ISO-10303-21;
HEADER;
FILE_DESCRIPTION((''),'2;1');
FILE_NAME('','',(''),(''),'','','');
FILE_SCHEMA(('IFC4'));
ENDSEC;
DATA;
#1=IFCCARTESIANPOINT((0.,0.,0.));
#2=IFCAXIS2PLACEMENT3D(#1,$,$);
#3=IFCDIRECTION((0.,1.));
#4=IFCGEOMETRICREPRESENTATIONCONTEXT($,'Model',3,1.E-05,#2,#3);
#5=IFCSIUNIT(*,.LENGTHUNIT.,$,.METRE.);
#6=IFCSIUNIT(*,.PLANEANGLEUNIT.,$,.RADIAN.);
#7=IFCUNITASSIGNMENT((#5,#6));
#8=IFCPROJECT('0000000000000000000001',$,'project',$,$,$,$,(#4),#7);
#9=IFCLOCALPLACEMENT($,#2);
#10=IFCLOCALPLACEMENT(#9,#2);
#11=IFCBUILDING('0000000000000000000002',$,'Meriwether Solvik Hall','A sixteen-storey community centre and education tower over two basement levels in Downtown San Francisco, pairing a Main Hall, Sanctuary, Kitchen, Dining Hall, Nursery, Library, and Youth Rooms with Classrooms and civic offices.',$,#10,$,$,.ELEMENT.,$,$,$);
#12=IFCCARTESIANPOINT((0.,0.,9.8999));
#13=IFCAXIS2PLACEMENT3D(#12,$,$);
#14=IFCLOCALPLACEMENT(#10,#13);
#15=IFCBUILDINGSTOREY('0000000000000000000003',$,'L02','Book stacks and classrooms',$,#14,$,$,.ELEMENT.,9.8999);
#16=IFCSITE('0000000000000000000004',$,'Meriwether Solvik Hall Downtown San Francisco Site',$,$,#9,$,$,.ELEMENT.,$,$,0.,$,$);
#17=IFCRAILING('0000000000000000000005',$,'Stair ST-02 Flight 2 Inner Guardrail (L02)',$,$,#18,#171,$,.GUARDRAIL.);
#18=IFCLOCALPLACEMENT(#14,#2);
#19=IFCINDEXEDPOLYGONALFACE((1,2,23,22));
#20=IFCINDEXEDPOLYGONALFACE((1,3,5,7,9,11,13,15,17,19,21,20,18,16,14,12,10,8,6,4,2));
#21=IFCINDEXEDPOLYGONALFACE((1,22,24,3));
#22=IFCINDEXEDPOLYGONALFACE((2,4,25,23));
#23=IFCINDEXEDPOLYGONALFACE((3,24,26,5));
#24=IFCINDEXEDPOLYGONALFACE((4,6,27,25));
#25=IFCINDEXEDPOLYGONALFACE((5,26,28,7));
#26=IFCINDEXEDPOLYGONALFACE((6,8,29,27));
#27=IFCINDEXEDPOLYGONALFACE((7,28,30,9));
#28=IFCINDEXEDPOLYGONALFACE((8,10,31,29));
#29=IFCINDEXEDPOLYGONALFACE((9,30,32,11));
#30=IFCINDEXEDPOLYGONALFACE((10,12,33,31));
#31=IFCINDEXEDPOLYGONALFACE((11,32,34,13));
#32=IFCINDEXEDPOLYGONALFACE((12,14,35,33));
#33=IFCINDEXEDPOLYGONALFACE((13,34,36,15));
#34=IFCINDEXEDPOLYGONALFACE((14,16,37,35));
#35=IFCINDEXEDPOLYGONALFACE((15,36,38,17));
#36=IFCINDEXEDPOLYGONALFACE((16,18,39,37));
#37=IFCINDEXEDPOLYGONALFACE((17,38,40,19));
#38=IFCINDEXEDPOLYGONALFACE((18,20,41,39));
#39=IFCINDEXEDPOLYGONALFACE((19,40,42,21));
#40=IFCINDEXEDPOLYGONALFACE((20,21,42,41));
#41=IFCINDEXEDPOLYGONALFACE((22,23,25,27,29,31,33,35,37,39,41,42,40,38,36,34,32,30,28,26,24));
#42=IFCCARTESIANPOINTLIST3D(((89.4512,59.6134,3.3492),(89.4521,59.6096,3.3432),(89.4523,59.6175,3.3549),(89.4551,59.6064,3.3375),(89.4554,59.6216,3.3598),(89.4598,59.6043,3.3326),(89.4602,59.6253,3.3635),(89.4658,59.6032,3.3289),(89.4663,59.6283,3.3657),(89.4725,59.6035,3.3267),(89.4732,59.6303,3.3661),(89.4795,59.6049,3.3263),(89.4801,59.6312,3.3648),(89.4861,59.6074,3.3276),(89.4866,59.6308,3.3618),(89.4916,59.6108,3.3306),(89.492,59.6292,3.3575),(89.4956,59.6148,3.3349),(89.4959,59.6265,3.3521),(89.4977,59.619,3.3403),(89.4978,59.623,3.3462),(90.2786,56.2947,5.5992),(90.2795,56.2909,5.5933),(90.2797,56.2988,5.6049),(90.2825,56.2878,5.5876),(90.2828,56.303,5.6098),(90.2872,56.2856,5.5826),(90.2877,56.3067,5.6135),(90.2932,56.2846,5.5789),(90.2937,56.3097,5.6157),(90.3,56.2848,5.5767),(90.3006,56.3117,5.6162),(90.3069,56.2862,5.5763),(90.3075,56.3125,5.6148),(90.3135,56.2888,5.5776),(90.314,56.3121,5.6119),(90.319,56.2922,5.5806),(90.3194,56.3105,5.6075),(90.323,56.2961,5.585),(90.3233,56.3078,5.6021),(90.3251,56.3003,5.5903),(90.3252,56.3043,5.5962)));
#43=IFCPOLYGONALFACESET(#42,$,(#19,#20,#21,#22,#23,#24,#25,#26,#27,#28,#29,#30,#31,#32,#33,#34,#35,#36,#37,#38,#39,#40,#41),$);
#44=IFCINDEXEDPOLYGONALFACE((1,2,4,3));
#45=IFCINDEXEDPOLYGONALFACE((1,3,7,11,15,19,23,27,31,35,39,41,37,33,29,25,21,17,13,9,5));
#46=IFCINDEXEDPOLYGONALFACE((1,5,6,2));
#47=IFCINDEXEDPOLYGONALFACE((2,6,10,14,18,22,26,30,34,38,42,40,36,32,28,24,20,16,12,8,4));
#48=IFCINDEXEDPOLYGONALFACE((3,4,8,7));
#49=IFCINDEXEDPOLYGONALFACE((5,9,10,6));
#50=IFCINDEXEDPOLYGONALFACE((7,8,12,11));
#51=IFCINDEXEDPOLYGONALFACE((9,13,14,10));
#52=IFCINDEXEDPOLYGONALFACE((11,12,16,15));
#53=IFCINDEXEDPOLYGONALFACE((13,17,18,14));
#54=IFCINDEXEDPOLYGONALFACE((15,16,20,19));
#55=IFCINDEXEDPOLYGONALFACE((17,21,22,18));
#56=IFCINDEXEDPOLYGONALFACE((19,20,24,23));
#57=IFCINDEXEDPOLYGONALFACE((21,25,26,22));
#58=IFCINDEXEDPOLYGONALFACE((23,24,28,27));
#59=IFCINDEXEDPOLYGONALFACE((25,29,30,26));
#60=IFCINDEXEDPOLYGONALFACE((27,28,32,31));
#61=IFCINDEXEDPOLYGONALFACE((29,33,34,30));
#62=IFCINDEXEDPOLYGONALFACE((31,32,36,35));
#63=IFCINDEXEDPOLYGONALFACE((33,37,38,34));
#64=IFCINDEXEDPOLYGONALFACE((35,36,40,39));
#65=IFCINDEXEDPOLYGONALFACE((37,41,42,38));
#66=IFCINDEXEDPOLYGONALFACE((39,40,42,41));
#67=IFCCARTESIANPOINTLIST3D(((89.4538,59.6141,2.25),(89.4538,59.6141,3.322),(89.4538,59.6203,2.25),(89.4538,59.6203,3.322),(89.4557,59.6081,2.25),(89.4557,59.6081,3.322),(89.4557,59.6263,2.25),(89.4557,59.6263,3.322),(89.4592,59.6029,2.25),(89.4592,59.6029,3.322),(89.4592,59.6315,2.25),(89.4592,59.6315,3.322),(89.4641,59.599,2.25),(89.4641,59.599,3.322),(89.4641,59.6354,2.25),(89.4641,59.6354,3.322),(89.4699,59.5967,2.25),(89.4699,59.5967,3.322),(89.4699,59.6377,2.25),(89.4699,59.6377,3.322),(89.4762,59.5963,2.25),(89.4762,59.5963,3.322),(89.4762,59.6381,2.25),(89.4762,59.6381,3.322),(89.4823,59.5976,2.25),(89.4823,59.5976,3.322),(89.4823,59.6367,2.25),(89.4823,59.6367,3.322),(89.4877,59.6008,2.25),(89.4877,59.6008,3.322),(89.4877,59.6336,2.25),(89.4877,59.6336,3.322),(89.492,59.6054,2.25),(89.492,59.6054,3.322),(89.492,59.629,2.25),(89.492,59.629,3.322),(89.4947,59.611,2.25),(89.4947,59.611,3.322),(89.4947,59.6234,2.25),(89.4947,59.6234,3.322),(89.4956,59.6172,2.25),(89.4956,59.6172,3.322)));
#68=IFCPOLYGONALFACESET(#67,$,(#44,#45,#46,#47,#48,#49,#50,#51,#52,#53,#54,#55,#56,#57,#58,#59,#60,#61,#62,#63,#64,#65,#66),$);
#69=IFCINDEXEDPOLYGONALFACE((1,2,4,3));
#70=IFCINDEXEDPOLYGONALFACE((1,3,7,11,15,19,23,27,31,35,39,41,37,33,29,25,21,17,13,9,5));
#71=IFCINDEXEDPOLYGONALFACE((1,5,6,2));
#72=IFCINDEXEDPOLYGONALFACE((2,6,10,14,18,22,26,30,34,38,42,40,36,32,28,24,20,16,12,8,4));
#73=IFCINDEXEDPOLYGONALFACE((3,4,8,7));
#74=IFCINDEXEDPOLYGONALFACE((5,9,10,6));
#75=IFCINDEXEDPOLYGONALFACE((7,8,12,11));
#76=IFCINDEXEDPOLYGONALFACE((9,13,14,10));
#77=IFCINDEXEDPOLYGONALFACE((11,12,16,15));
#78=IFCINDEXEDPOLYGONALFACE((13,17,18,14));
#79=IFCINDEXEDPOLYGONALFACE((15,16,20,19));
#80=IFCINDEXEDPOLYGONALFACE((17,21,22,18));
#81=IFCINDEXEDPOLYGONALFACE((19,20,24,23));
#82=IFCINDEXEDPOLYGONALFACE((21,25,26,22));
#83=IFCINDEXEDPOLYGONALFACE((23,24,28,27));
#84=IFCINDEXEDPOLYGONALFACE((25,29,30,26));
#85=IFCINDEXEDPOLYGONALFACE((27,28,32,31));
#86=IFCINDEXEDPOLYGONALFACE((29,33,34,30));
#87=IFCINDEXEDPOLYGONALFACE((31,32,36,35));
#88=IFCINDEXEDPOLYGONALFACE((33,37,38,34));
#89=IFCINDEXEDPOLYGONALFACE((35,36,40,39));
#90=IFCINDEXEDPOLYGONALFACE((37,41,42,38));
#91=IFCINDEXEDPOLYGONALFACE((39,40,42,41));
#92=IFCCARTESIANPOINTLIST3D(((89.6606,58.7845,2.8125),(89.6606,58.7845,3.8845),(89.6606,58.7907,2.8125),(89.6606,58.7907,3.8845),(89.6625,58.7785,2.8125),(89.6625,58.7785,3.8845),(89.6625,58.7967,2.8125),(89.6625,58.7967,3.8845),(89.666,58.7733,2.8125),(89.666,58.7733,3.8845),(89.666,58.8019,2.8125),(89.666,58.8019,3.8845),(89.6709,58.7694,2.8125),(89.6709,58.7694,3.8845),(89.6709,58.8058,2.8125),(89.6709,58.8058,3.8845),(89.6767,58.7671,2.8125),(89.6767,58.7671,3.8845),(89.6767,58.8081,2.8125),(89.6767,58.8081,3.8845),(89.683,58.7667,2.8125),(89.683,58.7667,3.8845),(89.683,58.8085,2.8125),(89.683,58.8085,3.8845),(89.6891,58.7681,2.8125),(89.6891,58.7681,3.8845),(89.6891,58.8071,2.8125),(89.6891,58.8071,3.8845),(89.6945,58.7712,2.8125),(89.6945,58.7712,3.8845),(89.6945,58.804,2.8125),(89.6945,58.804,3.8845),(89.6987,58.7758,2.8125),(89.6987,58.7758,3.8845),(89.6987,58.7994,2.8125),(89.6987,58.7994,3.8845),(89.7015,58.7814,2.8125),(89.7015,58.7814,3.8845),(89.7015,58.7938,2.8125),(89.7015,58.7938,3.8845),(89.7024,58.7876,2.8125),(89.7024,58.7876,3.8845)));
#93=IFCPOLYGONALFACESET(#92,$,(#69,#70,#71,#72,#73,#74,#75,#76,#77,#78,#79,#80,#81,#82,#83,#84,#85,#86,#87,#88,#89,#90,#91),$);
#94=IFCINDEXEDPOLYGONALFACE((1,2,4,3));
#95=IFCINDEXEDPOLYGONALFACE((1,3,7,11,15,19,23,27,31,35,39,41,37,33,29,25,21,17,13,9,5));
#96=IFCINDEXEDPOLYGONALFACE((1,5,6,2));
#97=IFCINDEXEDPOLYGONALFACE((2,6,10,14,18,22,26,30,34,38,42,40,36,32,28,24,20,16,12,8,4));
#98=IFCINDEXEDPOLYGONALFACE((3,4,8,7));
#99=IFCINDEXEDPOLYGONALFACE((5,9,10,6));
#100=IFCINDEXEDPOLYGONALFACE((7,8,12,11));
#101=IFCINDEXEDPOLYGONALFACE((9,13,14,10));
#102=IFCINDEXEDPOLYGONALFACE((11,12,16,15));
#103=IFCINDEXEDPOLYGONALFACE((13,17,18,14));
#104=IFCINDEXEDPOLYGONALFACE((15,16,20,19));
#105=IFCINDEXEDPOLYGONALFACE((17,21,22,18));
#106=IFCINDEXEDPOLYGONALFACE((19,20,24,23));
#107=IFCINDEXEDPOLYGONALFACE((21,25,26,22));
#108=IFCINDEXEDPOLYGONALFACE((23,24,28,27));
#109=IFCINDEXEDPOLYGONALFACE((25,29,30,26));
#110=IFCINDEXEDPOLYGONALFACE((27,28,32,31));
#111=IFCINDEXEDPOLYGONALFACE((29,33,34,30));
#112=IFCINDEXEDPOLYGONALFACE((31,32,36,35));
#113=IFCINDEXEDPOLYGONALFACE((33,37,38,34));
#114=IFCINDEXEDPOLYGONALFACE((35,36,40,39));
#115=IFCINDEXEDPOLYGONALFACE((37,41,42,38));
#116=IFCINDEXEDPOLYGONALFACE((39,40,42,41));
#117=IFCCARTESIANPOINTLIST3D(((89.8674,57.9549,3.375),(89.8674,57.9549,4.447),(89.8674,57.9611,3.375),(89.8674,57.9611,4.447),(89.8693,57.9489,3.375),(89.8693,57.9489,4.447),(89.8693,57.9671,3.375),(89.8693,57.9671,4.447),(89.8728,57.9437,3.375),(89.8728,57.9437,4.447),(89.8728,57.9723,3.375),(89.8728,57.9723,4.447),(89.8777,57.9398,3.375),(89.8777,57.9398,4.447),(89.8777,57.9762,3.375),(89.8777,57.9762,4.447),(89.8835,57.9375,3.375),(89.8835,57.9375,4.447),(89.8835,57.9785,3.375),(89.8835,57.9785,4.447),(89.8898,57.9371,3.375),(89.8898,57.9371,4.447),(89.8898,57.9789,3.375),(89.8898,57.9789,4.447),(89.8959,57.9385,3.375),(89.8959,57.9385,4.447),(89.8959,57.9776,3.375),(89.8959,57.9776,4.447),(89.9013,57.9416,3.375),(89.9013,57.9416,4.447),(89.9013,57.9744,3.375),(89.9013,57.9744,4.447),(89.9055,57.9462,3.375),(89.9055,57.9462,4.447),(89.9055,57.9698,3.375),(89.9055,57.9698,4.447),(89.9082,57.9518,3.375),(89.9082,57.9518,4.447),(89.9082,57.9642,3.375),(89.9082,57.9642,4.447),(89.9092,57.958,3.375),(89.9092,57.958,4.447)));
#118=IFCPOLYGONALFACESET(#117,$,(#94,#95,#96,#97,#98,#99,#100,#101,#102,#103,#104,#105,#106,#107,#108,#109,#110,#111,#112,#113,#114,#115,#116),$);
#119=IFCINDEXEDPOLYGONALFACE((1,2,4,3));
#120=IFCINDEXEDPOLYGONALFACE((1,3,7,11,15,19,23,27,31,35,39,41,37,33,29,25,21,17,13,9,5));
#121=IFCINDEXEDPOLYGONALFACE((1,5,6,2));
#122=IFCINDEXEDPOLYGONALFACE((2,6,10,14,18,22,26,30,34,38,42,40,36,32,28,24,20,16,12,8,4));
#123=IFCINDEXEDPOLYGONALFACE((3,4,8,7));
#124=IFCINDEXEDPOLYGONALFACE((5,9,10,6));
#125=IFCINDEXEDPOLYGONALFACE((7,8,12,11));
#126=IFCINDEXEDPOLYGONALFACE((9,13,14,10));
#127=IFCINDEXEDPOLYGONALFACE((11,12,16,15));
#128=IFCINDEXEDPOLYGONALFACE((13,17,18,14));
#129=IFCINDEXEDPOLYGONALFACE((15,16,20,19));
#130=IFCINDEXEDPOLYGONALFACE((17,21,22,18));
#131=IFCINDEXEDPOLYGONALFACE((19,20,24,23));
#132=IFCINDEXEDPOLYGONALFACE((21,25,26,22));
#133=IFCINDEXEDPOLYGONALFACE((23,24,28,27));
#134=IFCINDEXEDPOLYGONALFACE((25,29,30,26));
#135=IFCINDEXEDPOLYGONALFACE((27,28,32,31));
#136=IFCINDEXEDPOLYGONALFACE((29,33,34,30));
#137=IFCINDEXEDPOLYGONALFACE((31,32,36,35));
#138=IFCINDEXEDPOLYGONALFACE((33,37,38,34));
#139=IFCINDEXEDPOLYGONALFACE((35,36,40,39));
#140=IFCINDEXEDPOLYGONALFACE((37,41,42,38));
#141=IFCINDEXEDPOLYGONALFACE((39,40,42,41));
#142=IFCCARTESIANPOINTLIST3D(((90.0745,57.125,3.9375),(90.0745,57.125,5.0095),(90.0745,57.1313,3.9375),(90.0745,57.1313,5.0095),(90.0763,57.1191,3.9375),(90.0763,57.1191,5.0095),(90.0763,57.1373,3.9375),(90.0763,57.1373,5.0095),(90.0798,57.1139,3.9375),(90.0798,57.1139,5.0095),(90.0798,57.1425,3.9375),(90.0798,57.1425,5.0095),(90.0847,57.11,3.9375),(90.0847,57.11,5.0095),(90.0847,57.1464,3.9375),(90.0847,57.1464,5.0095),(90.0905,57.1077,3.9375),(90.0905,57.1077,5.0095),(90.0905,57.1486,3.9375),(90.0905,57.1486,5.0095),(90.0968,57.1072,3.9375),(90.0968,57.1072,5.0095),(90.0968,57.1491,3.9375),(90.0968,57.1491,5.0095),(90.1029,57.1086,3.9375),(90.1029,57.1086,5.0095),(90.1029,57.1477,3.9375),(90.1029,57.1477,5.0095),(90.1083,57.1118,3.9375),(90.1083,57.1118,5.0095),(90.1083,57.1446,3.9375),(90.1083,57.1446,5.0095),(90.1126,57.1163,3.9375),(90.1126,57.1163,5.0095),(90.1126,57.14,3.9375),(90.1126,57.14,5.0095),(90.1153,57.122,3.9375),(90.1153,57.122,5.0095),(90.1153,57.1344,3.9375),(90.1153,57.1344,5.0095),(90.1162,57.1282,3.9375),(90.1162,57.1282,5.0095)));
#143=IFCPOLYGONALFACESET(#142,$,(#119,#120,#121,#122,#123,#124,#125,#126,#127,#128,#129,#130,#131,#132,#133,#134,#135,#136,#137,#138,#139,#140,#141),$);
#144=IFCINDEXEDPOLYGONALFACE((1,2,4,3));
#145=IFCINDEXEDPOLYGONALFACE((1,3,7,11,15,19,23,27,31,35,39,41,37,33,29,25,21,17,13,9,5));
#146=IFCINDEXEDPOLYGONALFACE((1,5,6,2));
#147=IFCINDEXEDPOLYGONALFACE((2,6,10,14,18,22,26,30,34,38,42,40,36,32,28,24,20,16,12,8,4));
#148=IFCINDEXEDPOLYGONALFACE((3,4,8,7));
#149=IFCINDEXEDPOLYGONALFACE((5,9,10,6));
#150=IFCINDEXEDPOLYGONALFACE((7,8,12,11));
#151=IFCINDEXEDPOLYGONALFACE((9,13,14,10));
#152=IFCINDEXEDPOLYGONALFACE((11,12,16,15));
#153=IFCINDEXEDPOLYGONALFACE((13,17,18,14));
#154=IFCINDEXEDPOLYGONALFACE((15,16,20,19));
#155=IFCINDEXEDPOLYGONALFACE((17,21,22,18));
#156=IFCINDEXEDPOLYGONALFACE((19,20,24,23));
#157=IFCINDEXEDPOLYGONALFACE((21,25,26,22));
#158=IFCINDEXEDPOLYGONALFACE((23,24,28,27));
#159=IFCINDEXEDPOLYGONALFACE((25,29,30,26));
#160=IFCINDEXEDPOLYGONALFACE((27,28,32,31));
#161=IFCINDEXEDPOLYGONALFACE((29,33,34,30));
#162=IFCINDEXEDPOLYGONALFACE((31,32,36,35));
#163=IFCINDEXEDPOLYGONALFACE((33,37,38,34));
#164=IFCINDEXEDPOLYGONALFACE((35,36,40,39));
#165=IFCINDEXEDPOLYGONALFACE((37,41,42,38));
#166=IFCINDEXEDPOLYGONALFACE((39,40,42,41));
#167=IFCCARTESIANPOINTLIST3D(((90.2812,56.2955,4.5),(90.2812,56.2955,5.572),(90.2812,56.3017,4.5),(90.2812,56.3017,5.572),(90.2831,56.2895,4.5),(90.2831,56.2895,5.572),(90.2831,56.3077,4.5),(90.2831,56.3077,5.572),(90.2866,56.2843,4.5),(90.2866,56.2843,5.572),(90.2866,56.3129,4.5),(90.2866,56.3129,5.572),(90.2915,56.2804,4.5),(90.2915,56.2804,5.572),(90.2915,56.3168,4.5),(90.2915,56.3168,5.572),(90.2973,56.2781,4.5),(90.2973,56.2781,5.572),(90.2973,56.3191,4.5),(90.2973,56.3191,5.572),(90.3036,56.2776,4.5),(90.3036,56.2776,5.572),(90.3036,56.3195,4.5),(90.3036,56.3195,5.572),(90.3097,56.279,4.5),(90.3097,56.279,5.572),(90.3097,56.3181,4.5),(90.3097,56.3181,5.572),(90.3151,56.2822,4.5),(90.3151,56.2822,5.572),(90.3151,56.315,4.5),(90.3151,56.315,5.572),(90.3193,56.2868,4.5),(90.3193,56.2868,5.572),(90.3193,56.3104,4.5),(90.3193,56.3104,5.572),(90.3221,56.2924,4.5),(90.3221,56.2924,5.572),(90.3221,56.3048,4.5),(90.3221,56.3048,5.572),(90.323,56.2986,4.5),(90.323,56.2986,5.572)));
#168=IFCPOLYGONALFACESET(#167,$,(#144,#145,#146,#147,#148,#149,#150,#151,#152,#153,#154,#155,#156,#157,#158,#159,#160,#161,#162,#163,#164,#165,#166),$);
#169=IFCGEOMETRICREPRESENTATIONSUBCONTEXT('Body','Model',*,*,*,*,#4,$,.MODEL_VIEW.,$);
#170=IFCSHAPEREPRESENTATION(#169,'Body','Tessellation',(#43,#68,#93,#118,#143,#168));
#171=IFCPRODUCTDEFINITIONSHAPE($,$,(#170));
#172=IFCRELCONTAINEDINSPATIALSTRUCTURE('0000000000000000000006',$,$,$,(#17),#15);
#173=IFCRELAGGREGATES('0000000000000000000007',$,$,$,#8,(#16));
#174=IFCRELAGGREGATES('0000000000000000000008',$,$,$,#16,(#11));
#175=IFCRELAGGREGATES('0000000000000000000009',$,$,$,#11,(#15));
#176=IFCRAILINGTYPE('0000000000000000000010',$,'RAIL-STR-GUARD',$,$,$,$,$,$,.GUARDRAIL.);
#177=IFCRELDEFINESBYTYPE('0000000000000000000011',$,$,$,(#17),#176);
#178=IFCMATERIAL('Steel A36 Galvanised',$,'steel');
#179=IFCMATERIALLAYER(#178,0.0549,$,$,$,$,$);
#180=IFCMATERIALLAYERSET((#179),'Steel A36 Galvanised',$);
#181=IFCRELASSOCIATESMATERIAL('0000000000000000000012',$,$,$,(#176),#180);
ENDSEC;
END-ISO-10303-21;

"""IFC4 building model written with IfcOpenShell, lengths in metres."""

from ifc_helpers import new_model, si_unit, direction, frame, origin, origin_2d, place, context, subcontext, project, spatial, circle, extrude, material, layer, layer_set, type_object, element, save


model = new_model("IFC4")

# Units and contexts
model_context = context("Model", 3, precision=1e-05, world=origin(), true_north=direction((0.0, 1.0)))
body_context = subcontext(model_context, "Body", "Model", "MODEL_VIEW")
ifc_project = project(units=[si_unit("LENGTHUNIT", "METRE"), si_unit("PLANEANGLEUNIT", "RADIAN")], contexts=[model_context])

# Site, building, storey
site_placement = place(None, origin())
site = spatial("IfcSite", under=ifc_project, at=site_placement, Name="Meriwether Solvik Hall Downtown San Francisco Site", CompositionType="ELEMENT", RefElevation=0.0)
building_placement = place(site_placement, origin())
building = spatial("IfcBuilding", under=site, at=building_placement, Name="Meriwether Solvik Hall", Description="A sixteen-storey community centre and education tower over two basement levels in Downtown San Francisco, pairing a Main Hall, Sanctuary, Kitchen, Dining Hall, Nursery, Library, and Youth Rooms with Classrooms and civic offices.", CompositionType="ELEMENT")
storey_placement = place(building_placement, frame((0.0, 0.0, 9.8999)))
storey = spatial("IfcBuildingStorey", under=building, at=storey_placement, Name="L02", Description="Book stacks and classrooms", CompositionType="ELEMENT", Elevation=9.8999)

# Railing
ifc_material_1 = material(Name="Steel A36 Galvanised", Category="steel")
ifc_layer_1 = layer(ifc_material_1, 0.0549)
ifc_layer_set_1 = layer_set([ifc_layer_1], Name="Steel A36 Galvanised")
railing_type_1 = type_object("IfcRailingType", Name="RAIL-STR-GUARD", PredefinedType="GUARDRAIL", material=ifc_layer_set_1)
railing_1_placement = place(storey_placement, frame((89.4746, 59.6172, 2.25)))
element("IfcRailing", 1, at=railing_1_placement, inside=storey, type_object=railing_type_1, Name="Stair ST-02 Flight 2 Inner Guardrail (L02)", PredefinedType="GUARDRAIL", context=body_context, shape_type="SweptSolid", body=[
    extrude(circle(Radius=0.0239, at=origin_2d()), frame((0.0, 0.0, 1.0962), z_axis=(0.202103, -0.810617, 0.549595), x_axis=(0.970298, 0.241914, 0.0)), (0.0, 0.0, 1.0), 4.094),
    extrude(circle(Radius=0.021, at=origin_2d()), origin(), (0.0, 0.0, 1.0), 1.072),
    extrude(circle(Radius=0.021, at=origin_2d()), frame((0.2068, -0.8296, 0.5625)), (0.0, 0.0, 1.0), 1.072),
    extrude(circle(Radius=0.021, at=origin_2d()), frame((0.4136, -1.6592, 1.125)), (0.0, 0.0, 1.0), 1.072),
    extrude(circle(Radius=0.021, at=origin_2d()), frame((0.6206, -2.489, 1.6875)), (0.0, 0.0, 1.0), 1.072),
    extrude(circle(Radius=0.021, at=origin_2d()), frame((0.8274, -3.3186, 2.25)), (0.0, 0.0, 1.0), 1.072),
])

save(model, "model.ifc")
